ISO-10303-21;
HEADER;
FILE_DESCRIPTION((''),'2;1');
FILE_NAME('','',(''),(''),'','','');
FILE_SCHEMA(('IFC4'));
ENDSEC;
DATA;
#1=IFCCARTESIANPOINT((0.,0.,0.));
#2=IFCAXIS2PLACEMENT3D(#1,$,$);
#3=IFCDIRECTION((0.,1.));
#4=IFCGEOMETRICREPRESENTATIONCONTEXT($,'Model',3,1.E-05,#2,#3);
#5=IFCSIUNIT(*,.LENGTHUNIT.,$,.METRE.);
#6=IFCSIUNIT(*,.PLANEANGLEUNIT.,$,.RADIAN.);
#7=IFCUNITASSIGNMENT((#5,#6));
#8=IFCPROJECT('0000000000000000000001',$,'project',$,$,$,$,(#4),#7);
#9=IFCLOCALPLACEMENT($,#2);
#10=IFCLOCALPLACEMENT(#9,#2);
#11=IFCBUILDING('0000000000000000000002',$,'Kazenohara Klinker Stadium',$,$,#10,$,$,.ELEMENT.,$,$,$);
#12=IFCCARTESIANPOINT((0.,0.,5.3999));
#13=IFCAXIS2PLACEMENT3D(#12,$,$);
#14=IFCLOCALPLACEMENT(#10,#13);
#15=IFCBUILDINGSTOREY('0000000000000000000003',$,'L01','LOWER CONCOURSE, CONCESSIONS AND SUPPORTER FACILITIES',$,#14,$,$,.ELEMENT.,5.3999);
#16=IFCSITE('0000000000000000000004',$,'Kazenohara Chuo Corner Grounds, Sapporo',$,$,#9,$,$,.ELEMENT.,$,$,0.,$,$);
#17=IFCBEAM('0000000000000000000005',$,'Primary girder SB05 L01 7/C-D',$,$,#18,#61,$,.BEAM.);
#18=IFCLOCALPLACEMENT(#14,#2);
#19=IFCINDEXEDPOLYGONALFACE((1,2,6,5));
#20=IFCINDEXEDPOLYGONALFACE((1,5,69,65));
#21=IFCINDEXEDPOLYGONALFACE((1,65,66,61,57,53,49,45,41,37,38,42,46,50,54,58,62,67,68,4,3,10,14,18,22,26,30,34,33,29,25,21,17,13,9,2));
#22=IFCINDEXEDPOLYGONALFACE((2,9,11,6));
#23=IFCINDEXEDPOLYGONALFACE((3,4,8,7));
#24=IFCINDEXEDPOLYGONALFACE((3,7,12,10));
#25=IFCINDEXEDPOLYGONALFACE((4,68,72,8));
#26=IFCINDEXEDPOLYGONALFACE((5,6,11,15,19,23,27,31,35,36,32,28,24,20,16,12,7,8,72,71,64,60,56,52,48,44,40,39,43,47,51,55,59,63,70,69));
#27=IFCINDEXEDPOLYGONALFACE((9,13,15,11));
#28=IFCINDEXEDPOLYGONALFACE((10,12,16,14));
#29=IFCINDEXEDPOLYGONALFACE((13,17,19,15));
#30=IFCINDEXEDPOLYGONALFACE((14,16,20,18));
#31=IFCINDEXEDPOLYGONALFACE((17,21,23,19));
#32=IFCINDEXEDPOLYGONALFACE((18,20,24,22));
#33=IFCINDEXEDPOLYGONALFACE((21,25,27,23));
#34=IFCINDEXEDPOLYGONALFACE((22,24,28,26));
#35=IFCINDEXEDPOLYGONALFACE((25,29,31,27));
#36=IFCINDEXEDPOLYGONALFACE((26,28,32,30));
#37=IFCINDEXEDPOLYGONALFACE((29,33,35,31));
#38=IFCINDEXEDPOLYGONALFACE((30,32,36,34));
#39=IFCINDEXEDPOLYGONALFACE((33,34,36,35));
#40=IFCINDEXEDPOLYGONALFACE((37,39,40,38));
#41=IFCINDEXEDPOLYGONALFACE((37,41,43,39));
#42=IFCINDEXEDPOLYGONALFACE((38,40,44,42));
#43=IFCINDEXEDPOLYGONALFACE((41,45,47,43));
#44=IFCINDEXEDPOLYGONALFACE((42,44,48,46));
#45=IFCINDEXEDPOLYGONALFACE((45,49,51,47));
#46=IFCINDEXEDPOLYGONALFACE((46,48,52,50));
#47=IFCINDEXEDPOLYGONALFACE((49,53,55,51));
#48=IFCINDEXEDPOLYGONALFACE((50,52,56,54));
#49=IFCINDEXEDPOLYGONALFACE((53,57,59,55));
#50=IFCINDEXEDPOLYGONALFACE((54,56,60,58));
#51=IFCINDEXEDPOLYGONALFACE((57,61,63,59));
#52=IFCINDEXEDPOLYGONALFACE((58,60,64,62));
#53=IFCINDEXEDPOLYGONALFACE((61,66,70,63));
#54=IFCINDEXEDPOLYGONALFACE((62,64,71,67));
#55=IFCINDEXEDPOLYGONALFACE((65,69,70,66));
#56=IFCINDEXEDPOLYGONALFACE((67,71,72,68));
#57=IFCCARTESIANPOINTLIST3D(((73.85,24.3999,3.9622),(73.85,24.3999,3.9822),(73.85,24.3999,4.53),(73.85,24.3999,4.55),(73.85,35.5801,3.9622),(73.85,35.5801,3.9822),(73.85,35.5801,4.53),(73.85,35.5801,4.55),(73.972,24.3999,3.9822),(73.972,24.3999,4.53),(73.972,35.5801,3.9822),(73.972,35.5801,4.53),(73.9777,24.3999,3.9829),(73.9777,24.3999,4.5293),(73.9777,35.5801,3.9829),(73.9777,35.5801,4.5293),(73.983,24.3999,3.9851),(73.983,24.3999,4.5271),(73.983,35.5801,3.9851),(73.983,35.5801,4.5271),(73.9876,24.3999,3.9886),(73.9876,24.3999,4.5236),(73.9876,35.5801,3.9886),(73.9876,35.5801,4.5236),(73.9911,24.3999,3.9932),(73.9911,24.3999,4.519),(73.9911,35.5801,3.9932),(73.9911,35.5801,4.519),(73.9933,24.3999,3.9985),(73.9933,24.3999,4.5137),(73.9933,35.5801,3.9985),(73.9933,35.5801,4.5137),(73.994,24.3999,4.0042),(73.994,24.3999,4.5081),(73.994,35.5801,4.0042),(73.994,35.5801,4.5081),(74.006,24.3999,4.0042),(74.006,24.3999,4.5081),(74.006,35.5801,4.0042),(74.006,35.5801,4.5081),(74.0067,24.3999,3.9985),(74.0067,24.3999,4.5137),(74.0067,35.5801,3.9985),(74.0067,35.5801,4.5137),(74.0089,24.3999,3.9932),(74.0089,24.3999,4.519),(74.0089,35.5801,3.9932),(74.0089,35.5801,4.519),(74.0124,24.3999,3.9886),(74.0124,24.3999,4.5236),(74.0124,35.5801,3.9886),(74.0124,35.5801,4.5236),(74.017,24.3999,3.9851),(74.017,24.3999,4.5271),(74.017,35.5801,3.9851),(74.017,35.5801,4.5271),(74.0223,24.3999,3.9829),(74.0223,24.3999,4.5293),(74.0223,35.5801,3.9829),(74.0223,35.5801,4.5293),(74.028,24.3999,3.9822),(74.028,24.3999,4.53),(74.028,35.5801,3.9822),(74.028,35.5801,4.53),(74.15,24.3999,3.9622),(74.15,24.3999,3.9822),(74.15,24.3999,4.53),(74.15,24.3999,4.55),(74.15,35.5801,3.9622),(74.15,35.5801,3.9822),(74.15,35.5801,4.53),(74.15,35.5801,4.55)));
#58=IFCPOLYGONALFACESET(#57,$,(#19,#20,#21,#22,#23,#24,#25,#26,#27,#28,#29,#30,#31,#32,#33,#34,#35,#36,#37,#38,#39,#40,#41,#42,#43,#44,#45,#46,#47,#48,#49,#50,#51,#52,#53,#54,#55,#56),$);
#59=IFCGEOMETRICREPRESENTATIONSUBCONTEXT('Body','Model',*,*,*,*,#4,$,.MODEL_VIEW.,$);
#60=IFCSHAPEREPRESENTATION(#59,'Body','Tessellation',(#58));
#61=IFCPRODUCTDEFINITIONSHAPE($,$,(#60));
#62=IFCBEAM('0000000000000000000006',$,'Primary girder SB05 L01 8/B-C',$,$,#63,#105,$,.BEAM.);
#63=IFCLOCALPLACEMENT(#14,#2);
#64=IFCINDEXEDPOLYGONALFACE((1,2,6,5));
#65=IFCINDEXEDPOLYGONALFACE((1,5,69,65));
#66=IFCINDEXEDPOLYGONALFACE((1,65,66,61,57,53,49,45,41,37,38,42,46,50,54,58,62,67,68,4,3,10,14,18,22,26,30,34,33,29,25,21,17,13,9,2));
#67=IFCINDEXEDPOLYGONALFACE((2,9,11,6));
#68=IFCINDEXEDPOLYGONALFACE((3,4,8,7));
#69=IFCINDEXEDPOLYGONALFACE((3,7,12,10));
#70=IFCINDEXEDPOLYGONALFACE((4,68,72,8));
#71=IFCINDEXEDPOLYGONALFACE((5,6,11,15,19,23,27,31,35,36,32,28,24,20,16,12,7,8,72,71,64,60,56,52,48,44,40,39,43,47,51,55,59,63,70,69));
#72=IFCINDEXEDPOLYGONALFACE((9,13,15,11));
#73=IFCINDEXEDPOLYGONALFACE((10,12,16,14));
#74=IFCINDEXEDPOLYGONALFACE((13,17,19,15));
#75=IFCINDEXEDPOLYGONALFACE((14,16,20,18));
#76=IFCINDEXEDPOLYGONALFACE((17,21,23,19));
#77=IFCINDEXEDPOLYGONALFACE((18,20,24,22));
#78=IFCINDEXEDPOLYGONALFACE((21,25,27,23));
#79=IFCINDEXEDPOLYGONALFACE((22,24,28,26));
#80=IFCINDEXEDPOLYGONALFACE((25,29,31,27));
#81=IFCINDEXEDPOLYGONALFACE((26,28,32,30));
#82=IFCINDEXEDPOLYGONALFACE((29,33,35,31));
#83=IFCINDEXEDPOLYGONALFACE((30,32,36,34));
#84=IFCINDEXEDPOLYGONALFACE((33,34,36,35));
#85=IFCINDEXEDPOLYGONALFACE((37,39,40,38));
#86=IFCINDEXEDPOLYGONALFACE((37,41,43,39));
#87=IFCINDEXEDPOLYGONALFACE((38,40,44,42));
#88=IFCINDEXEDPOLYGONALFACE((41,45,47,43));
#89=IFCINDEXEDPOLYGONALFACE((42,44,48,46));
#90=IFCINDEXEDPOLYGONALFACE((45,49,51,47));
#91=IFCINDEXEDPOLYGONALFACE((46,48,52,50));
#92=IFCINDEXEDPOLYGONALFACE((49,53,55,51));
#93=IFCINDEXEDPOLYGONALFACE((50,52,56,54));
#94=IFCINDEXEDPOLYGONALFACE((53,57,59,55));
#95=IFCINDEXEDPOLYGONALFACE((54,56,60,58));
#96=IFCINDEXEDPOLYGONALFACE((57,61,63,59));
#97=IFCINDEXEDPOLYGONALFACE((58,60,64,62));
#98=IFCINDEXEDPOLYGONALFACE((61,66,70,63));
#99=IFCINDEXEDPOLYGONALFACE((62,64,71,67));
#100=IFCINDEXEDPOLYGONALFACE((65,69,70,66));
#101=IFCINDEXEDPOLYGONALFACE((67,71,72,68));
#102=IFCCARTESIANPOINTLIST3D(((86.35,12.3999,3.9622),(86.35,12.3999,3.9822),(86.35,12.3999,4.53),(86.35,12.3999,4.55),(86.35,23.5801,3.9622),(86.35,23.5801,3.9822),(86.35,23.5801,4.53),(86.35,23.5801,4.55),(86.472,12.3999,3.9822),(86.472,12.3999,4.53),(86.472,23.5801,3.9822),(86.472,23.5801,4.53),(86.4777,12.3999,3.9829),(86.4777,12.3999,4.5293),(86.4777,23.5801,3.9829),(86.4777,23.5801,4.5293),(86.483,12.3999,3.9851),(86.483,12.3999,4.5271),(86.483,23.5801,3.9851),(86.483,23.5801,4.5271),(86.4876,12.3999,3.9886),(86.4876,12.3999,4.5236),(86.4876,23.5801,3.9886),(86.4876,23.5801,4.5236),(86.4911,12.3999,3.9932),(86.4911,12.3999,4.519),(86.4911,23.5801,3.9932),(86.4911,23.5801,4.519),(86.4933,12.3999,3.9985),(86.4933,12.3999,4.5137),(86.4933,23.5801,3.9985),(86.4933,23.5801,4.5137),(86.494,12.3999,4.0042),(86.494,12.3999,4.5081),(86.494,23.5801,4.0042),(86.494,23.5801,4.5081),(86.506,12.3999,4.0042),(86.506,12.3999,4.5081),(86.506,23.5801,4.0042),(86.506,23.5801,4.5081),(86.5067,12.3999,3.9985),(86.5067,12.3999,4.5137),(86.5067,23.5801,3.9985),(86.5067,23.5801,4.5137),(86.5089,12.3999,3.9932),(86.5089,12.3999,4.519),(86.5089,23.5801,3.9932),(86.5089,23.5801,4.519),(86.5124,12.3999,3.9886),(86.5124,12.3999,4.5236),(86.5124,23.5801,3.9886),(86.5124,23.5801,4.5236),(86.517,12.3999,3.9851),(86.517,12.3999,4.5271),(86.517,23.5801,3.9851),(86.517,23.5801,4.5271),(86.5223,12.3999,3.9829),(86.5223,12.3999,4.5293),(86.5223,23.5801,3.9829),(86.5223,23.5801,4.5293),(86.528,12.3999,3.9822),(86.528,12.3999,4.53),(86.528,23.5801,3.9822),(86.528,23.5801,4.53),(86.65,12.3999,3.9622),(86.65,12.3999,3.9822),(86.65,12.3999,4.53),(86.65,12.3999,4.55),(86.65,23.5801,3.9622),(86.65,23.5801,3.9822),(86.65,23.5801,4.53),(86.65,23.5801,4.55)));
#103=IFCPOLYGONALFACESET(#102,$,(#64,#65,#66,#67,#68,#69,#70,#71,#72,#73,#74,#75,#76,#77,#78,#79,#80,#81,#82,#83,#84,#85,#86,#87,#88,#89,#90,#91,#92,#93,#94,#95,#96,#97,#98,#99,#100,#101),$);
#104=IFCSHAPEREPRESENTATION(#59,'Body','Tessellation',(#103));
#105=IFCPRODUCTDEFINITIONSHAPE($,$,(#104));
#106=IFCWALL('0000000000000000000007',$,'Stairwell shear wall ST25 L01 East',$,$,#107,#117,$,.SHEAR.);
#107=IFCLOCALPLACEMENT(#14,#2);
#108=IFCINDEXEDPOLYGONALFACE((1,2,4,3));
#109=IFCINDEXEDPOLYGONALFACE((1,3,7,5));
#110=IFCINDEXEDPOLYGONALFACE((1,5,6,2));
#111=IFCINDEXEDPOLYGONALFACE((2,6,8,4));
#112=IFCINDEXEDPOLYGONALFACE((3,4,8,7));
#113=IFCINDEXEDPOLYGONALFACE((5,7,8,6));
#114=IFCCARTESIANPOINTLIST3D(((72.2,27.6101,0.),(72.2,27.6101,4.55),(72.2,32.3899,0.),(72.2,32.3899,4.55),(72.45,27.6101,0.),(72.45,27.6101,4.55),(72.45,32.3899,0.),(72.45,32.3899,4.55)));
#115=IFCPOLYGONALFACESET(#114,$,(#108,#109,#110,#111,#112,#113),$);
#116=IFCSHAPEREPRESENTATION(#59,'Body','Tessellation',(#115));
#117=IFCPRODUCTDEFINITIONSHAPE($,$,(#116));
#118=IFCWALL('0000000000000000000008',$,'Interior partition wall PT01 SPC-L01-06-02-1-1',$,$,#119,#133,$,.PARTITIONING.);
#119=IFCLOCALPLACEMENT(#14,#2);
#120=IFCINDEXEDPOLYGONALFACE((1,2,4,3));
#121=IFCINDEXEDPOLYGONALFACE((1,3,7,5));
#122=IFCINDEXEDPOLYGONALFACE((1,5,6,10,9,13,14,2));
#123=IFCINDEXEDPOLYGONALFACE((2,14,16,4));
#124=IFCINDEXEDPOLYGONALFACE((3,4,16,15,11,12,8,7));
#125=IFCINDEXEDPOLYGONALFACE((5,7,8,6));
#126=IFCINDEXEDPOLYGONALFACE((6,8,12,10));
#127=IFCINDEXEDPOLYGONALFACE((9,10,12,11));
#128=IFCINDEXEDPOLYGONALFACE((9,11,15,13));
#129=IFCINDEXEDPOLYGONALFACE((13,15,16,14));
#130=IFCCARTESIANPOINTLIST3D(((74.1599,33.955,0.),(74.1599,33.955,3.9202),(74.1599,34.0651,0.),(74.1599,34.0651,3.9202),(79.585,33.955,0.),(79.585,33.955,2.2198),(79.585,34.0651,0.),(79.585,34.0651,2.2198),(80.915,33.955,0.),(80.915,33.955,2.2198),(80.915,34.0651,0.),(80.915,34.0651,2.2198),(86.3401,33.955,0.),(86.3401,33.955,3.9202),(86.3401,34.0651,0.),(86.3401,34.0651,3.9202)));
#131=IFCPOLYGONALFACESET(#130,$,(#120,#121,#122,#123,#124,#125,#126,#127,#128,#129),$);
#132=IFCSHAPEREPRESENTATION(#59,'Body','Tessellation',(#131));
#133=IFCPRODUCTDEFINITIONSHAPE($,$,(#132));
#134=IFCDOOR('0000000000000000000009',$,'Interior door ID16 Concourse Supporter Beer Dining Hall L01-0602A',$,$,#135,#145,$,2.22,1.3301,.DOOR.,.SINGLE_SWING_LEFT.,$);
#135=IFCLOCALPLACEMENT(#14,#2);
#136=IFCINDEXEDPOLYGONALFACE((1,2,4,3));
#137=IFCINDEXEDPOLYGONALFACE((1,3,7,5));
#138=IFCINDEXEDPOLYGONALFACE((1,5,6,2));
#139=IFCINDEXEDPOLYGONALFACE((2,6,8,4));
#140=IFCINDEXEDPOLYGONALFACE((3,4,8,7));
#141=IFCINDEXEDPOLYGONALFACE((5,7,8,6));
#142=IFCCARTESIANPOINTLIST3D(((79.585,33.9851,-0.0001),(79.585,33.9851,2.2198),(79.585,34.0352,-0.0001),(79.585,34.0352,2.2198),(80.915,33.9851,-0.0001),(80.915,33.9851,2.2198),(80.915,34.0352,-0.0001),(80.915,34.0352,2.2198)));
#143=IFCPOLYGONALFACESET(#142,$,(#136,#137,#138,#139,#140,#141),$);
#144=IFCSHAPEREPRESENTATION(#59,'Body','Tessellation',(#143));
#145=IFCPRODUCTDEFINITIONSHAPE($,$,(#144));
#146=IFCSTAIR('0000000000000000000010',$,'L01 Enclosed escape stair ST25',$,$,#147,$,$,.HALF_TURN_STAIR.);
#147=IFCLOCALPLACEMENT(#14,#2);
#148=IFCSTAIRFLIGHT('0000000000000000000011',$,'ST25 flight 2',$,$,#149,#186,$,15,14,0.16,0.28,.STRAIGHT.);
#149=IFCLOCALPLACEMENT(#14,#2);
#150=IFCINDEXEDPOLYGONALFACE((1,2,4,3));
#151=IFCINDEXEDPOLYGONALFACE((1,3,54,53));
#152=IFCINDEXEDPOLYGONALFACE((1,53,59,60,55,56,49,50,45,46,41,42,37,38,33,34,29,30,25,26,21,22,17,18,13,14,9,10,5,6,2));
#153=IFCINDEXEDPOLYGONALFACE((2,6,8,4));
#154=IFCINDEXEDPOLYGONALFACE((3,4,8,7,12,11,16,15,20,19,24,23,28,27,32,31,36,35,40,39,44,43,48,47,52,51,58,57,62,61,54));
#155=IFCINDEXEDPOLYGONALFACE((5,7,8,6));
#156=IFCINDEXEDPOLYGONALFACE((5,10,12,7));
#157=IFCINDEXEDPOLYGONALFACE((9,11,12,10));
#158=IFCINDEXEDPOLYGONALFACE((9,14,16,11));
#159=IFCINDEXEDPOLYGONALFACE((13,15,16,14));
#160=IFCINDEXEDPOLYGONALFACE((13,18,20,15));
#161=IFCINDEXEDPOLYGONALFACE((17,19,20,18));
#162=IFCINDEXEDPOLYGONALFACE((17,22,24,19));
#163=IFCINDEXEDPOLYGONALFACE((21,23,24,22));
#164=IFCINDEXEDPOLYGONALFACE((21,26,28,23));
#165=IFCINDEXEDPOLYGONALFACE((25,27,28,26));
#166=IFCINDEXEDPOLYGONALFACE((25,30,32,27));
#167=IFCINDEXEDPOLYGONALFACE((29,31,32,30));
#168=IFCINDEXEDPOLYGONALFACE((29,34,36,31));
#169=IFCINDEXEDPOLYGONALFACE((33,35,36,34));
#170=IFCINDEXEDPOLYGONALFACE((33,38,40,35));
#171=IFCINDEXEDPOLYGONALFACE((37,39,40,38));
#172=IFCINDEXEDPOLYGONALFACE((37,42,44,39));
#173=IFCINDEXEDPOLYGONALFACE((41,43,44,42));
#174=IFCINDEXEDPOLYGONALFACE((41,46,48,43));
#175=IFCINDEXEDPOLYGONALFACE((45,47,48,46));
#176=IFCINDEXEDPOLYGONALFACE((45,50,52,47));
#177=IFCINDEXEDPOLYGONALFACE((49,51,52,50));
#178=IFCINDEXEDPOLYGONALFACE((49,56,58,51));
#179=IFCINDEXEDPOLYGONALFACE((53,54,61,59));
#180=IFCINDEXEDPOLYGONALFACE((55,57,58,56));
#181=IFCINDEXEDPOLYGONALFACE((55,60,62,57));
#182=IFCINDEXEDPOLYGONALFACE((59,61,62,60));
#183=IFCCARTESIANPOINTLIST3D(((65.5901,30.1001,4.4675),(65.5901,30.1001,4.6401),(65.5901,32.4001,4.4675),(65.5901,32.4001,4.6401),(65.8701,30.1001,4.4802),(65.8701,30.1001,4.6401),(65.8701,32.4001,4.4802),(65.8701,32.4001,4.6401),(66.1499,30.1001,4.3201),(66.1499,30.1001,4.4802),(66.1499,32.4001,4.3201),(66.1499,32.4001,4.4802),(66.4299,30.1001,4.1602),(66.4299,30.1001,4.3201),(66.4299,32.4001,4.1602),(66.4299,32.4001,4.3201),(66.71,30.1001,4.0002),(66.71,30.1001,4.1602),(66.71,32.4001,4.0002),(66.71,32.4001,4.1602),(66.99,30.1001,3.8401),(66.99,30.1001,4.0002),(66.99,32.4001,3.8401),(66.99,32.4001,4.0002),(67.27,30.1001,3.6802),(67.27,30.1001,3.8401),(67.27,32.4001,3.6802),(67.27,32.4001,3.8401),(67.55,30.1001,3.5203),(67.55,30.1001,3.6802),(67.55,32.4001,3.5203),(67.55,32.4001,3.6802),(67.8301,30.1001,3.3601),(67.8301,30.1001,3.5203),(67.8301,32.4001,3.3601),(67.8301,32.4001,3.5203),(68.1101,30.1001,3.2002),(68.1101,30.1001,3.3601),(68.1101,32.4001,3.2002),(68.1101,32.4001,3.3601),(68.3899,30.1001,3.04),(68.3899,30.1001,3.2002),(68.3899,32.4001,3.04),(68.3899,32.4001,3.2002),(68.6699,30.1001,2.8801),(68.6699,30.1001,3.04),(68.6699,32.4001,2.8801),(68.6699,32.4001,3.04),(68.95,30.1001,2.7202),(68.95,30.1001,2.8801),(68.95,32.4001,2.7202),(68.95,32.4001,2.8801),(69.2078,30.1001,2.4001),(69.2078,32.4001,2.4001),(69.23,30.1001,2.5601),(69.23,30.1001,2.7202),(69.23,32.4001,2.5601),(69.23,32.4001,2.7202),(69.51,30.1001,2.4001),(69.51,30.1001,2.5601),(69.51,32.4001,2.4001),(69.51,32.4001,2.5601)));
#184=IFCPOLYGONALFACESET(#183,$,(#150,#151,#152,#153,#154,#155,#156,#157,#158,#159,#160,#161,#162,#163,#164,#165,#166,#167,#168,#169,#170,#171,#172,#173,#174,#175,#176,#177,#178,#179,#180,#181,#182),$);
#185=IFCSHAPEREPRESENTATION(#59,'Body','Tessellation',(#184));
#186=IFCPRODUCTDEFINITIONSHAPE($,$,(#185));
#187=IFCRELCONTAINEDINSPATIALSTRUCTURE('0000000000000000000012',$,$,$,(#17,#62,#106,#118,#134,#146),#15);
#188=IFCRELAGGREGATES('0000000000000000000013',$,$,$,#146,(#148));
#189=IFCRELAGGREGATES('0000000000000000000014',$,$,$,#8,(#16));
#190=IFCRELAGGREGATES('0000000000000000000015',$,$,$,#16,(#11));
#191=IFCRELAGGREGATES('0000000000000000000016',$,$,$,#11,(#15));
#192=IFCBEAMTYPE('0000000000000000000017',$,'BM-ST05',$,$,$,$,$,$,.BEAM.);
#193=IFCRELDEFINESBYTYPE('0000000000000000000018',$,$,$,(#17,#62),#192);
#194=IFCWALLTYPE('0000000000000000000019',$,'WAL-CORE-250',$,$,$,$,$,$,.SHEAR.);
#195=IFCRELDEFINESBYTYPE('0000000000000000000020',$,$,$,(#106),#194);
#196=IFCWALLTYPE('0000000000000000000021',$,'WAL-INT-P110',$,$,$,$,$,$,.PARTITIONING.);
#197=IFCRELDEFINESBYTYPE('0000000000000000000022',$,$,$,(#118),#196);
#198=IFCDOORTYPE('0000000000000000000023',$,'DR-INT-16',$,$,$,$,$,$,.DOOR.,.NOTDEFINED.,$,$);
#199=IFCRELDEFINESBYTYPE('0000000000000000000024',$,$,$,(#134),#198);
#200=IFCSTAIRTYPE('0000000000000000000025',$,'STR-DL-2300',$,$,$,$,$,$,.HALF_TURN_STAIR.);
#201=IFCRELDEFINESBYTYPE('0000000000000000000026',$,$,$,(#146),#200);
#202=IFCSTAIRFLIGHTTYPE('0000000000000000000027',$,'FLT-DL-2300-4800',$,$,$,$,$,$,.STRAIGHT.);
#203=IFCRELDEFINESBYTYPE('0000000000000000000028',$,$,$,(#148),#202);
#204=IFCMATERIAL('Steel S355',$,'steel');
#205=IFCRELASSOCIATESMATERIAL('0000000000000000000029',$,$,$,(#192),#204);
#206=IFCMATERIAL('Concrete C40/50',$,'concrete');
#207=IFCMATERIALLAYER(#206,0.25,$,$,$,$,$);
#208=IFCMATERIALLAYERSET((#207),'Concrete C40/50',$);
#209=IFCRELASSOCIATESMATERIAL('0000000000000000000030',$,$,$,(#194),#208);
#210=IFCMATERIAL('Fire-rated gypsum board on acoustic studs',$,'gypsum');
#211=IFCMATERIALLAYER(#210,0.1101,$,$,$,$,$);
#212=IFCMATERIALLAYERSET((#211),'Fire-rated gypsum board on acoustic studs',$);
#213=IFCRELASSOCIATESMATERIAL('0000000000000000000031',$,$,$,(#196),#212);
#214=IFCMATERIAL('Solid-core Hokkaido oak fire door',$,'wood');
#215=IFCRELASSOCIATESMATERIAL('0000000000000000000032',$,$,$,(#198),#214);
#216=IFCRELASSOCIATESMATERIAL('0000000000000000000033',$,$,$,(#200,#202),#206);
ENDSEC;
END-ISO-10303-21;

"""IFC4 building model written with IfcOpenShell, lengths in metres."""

from ifc_helpers import new_model, si_unit, direction, frame, frame_2d, origin, origin_2d, place, context, subcontext, project, spatial, polyline, rectangle, i_section, outline, extrude, material, layer, layer_set, material_profile, profile_set, type_object, element, fill, aggregate, save


model = new_model("IFC4")

# Units and contexts
model_context = context("Model", 3, precision=1e-05, world=origin(), true_north=direction((0.0, 1.0)))
body_context = subcontext(model_context, "Body", "Model", "MODEL_VIEW")
ifc_project = project(units=[si_unit("LENGTHUNIT", "METRE"), si_unit("PLANEANGLEUNIT", "RADIAN")], contexts=[model_context])

# Site, building, storey
site_placement = place(None, origin())
site = spatial("IfcSite", under=ifc_project, at=site_placement, Name="Kazenohara Chuo Corner Grounds, Sapporo", CompositionType="ELEMENT", RefElevation=0.0)
building_placement = place(site_placement, origin())
building = spatial("IfcBuilding", under=site, at=building_placement, Name="Kazenohara Klinker Stadium", CompositionType="ELEMENT")
storey_placement = place(building_placement, frame((0.0, 0.0, 5.3999)))
storey = spatial("IfcBuildingStorey", under=building, at=storey_placement, Name="L01", Description="LOWER CONCOURSE, CONCESSIONS AND SUPPORTER FACILITIES", CompositionType="ELEMENT", Elevation=5.3999)

# Shared definitions
ifc_material_1 = material(Name="Concrete C40/50", Category="concrete")

# Beams
ifc_material_2 = material(Name="Steel S355", Category="steel")
ifc_material_profile_1 = material_profile(ifc_material_2, i_section(OverallWidth=0.3, OverallDepth=0.5879, WebThickness=0.012, FlangeThickness=0.02, FilletRadius=0.022, at=origin_2d()), Name="H-588x300x12x20")
ifc_profile_set_1 = profile_set([ifc_material_profile_1], Name="Steel S355")
beam_type_1 = type_object("IfcBeamType", Name="BM-ST05", PredefinedType="BEAM", material=ifc_profile_set_1)
for number, where, z_axis, x_axis, name in (
    (1, (74.0, 24.3999, 4.2561), (0.0, 1.0, 0.0), (-1.0, 0.0, 0.0), "Primary girder SB05 L01 7/C-D"),
    (2, (86.5, 12.3999, 4.2561), (0.0, 1.0, 0.0), (-1.0, 0.0, 0.0), "Primary girder SB05 L01 8/B-C"),
):
    element("IfcBeam", number, at=place(storey_placement, frame(where, z_axis=z_axis, x_axis=x_axis)), inside=storey, type_object=beam_type_1, Name=name, PredefinedType="BEAM", context=body_context, shape_type="SweptSolid", body=[
        extrude(i_section(OverallWidth=0.3, OverallDepth=0.5879, WebThickness=0.012, FlangeThickness=0.02, FilletRadius=0.022, at=origin_2d()), origin(), (0.0, 0.0, 1.0), 11.1802),
    ])

# Wall
ifc_layer_1 = layer(ifc_material_1, 0.25)
ifc_layer_set_1 = layer_set([ifc_layer_1], Name="Concrete C40/50")
wall_type_1 = type_object("IfcWallType", Name="WAL-CORE-250", PredefinedType="SHEAR", material=ifc_layer_set_1)
wall_1_placement = place(storey_placement, frame((72.325, 27.6101, 0.0), z_axis=(0.0, 0.0, 1.0), x_axis=(0.0, 1.0, 0.0)))
element("IfcWall", 3, at=wall_1_placement, inside=storey, type_object=wall_type_1, Name="Stairwell shear wall ST25 L01 East", PredefinedType="SHEAR", context=body_context, shape_type="SweptSolid", body=[
    extrude(rectangle(XDim=4.7798, YDim=0.25, at=frame_2d((2.3899, 0.0))), origin(), (0.0, 0.0, 1.0), 4.55),
])

# Wall, opening, door
ifc_material_3 = material(Name="Fire-rated gypsum board on acoustic studs", Category="gypsum")
ifc_layer_2 = layer(ifc_material_3, 0.1101)
ifc_layer_set_2 = layer_set([ifc_layer_2], Name="Fire-rated gypsum board on acoustic studs")
wall_type_2 = type_object("IfcWallType", Name="WAL-INT-P110", PredefinedType="PARTITIONING", material=ifc_layer_set_2)
wall_2_placement = place(storey_placement, frame((74.1599, 34.01, 0.0), z_axis=(0.0, 0.0, 1.0), x_axis=(1.0, 0.0, 0.0)))
wall_2 = element("IfcWall", 4, at=wall_2_placement, inside=storey, type_object=wall_type_2, Name="Interior partition wall PT01 SPC-L01-06-02-1-1", PredefinedType="PARTITIONING", context=body_context, shape_type="SweptSolid", body=[
    extrude(rectangle(XDim=12.1802, YDim=0.1101, at=frame_2d((6.0901, 0.0))), origin(), (0.0, 0.0, 1.0), 3.9202),
])
opening_placement = place(wall_2_placement, frame((6.7551, 0.0, 0.0), z_axis=(0.0, 0.0, 1.0), x_axis=(-1.0, 0.0, 0.0)))
opening = element("IfcOpeningElement", 5, at=opening_placement, cuts=wall_2, PredefinedType="OPENING", context=body_context, shape_type="SweptSolid", body=[
    extrude(rectangle(XDim=1.3301, YDim=2.22, at=frame_2d((0.665, 1.1099))), frame((0.0, 0.0649, 0.0), z_axis=(0.0, -1.0, 0.0), x_axis=(1.0, 0.0, 0.0)), (0.0, 0.0, 1.0), 0.1301),
])
ifc_material_4 = material(Name="Solid-core Hokkaido oak fire door", Category="wood")
door_type = type_object("IfcDoorType", Name="DR-INT-16", OperationType="NOTDEFINED", PredefinedType="DOOR", material=ifc_material_4)
door_placement = place(opening_placement, origin())
door = element("IfcDoor", 6, at=door_placement, inside=storey, type_object=door_type, Name="Interior door ID16 Concourse Supporter Beer Dining Hall L01-0602A", OperationType="SINGLE_SWING_LEFT", OverallHeight=2.22, OverallWidth=1.3301, PredefinedType="DOOR", context=body_context, shape_type="SweptSolid", body=[
    extrude(rectangle(XDim=1.3301, YDim=2.22, at=frame_2d((0.665, 1.1099))), frame((0.0, 0.0249, 0.0), z_axis=(0.0, -1.0, 0.0), x_axis=(1.0, 0.0, 0.0)), (0.0, 0.0, 1.0), 0.05),
])
fill(opening, door)

# Stair, stair flight
stair_type = type_object("IfcStairType", Name="STR-DL-2300", PredefinedType="HALF_TURN_STAIR", material=ifc_material_1)
stair_placement = place(storey_placement, origin())
stair = element("IfcStair", 7, at=stair_placement, inside=storey, type_object=stair_type, Name="L01 Enclosed escape stair ST25", PredefinedType="HALF_TURN_STAIR")
stair_flight_type = type_object("IfcStairFlightType", Name="FLT-DL-2300-4800", PredefinedType="STRAIGHT", material=ifc_material_1)
stair_flight_placement = place(storey_placement, frame((69.51, 31.25, 2.4001), z_axis=(0.0, 0.0, 1.0), x_axis=(-1.0, 0.0, 0.0)))
stair_flight = element("IfcStairFlight", 8, at=stair_flight_placement, type_object=stair_flight_type, Name="ST25 flight 2", NumberOfRisers=15, NumberOfTreads=14, PredefinedType="STRAIGHT", RiserHeight=0.16, TreadLength=0.28, context=body_context, shape_type="SweptSolid", body=[
    extrude(outline(polyline([(0.0, 0.0), (0.0, 0.1599), (0.28, 0.1599), (0.28, 0.3201), (0.5601, 0.3201), (0.5601, 0.48), (0.8401, 0.48), (0.8401, 0.6399), (1.1201, 0.6399), (1.1201, 0.8), (1.3999, 0.8), (1.3999, 0.96), (1.6799, 0.96), (1.6799, 1.1201), (1.96, 1.1201), (1.96, 1.28), (2.24, 1.28), (2.24, 1.4399), (2.52, 1.4399), (2.52, 1.6001), (2.8, 1.6001), (2.8, 1.76), (3.0801, 1.76), (3.0801, 1.9199), (3.3601, 1.9199), (3.3601, 2.0801), (3.6399, 2.0801), (3.6399, 2.24), (3.9199, 2.24), (3.9199, 2.3999), (3.9199, 2.0674), (0.3022, 0.0), (0.0, 0.0)])), frame((0.0, 1.1499, 0.0), z_axis=(0.0, -1.0, 0.0), x_axis=(1.0, 0.0, 0.0)), (0.0, 0.0, 1.0), 2.3),
])
aggregate(stair, [stair_flight])

save(model, "model.ifc")
